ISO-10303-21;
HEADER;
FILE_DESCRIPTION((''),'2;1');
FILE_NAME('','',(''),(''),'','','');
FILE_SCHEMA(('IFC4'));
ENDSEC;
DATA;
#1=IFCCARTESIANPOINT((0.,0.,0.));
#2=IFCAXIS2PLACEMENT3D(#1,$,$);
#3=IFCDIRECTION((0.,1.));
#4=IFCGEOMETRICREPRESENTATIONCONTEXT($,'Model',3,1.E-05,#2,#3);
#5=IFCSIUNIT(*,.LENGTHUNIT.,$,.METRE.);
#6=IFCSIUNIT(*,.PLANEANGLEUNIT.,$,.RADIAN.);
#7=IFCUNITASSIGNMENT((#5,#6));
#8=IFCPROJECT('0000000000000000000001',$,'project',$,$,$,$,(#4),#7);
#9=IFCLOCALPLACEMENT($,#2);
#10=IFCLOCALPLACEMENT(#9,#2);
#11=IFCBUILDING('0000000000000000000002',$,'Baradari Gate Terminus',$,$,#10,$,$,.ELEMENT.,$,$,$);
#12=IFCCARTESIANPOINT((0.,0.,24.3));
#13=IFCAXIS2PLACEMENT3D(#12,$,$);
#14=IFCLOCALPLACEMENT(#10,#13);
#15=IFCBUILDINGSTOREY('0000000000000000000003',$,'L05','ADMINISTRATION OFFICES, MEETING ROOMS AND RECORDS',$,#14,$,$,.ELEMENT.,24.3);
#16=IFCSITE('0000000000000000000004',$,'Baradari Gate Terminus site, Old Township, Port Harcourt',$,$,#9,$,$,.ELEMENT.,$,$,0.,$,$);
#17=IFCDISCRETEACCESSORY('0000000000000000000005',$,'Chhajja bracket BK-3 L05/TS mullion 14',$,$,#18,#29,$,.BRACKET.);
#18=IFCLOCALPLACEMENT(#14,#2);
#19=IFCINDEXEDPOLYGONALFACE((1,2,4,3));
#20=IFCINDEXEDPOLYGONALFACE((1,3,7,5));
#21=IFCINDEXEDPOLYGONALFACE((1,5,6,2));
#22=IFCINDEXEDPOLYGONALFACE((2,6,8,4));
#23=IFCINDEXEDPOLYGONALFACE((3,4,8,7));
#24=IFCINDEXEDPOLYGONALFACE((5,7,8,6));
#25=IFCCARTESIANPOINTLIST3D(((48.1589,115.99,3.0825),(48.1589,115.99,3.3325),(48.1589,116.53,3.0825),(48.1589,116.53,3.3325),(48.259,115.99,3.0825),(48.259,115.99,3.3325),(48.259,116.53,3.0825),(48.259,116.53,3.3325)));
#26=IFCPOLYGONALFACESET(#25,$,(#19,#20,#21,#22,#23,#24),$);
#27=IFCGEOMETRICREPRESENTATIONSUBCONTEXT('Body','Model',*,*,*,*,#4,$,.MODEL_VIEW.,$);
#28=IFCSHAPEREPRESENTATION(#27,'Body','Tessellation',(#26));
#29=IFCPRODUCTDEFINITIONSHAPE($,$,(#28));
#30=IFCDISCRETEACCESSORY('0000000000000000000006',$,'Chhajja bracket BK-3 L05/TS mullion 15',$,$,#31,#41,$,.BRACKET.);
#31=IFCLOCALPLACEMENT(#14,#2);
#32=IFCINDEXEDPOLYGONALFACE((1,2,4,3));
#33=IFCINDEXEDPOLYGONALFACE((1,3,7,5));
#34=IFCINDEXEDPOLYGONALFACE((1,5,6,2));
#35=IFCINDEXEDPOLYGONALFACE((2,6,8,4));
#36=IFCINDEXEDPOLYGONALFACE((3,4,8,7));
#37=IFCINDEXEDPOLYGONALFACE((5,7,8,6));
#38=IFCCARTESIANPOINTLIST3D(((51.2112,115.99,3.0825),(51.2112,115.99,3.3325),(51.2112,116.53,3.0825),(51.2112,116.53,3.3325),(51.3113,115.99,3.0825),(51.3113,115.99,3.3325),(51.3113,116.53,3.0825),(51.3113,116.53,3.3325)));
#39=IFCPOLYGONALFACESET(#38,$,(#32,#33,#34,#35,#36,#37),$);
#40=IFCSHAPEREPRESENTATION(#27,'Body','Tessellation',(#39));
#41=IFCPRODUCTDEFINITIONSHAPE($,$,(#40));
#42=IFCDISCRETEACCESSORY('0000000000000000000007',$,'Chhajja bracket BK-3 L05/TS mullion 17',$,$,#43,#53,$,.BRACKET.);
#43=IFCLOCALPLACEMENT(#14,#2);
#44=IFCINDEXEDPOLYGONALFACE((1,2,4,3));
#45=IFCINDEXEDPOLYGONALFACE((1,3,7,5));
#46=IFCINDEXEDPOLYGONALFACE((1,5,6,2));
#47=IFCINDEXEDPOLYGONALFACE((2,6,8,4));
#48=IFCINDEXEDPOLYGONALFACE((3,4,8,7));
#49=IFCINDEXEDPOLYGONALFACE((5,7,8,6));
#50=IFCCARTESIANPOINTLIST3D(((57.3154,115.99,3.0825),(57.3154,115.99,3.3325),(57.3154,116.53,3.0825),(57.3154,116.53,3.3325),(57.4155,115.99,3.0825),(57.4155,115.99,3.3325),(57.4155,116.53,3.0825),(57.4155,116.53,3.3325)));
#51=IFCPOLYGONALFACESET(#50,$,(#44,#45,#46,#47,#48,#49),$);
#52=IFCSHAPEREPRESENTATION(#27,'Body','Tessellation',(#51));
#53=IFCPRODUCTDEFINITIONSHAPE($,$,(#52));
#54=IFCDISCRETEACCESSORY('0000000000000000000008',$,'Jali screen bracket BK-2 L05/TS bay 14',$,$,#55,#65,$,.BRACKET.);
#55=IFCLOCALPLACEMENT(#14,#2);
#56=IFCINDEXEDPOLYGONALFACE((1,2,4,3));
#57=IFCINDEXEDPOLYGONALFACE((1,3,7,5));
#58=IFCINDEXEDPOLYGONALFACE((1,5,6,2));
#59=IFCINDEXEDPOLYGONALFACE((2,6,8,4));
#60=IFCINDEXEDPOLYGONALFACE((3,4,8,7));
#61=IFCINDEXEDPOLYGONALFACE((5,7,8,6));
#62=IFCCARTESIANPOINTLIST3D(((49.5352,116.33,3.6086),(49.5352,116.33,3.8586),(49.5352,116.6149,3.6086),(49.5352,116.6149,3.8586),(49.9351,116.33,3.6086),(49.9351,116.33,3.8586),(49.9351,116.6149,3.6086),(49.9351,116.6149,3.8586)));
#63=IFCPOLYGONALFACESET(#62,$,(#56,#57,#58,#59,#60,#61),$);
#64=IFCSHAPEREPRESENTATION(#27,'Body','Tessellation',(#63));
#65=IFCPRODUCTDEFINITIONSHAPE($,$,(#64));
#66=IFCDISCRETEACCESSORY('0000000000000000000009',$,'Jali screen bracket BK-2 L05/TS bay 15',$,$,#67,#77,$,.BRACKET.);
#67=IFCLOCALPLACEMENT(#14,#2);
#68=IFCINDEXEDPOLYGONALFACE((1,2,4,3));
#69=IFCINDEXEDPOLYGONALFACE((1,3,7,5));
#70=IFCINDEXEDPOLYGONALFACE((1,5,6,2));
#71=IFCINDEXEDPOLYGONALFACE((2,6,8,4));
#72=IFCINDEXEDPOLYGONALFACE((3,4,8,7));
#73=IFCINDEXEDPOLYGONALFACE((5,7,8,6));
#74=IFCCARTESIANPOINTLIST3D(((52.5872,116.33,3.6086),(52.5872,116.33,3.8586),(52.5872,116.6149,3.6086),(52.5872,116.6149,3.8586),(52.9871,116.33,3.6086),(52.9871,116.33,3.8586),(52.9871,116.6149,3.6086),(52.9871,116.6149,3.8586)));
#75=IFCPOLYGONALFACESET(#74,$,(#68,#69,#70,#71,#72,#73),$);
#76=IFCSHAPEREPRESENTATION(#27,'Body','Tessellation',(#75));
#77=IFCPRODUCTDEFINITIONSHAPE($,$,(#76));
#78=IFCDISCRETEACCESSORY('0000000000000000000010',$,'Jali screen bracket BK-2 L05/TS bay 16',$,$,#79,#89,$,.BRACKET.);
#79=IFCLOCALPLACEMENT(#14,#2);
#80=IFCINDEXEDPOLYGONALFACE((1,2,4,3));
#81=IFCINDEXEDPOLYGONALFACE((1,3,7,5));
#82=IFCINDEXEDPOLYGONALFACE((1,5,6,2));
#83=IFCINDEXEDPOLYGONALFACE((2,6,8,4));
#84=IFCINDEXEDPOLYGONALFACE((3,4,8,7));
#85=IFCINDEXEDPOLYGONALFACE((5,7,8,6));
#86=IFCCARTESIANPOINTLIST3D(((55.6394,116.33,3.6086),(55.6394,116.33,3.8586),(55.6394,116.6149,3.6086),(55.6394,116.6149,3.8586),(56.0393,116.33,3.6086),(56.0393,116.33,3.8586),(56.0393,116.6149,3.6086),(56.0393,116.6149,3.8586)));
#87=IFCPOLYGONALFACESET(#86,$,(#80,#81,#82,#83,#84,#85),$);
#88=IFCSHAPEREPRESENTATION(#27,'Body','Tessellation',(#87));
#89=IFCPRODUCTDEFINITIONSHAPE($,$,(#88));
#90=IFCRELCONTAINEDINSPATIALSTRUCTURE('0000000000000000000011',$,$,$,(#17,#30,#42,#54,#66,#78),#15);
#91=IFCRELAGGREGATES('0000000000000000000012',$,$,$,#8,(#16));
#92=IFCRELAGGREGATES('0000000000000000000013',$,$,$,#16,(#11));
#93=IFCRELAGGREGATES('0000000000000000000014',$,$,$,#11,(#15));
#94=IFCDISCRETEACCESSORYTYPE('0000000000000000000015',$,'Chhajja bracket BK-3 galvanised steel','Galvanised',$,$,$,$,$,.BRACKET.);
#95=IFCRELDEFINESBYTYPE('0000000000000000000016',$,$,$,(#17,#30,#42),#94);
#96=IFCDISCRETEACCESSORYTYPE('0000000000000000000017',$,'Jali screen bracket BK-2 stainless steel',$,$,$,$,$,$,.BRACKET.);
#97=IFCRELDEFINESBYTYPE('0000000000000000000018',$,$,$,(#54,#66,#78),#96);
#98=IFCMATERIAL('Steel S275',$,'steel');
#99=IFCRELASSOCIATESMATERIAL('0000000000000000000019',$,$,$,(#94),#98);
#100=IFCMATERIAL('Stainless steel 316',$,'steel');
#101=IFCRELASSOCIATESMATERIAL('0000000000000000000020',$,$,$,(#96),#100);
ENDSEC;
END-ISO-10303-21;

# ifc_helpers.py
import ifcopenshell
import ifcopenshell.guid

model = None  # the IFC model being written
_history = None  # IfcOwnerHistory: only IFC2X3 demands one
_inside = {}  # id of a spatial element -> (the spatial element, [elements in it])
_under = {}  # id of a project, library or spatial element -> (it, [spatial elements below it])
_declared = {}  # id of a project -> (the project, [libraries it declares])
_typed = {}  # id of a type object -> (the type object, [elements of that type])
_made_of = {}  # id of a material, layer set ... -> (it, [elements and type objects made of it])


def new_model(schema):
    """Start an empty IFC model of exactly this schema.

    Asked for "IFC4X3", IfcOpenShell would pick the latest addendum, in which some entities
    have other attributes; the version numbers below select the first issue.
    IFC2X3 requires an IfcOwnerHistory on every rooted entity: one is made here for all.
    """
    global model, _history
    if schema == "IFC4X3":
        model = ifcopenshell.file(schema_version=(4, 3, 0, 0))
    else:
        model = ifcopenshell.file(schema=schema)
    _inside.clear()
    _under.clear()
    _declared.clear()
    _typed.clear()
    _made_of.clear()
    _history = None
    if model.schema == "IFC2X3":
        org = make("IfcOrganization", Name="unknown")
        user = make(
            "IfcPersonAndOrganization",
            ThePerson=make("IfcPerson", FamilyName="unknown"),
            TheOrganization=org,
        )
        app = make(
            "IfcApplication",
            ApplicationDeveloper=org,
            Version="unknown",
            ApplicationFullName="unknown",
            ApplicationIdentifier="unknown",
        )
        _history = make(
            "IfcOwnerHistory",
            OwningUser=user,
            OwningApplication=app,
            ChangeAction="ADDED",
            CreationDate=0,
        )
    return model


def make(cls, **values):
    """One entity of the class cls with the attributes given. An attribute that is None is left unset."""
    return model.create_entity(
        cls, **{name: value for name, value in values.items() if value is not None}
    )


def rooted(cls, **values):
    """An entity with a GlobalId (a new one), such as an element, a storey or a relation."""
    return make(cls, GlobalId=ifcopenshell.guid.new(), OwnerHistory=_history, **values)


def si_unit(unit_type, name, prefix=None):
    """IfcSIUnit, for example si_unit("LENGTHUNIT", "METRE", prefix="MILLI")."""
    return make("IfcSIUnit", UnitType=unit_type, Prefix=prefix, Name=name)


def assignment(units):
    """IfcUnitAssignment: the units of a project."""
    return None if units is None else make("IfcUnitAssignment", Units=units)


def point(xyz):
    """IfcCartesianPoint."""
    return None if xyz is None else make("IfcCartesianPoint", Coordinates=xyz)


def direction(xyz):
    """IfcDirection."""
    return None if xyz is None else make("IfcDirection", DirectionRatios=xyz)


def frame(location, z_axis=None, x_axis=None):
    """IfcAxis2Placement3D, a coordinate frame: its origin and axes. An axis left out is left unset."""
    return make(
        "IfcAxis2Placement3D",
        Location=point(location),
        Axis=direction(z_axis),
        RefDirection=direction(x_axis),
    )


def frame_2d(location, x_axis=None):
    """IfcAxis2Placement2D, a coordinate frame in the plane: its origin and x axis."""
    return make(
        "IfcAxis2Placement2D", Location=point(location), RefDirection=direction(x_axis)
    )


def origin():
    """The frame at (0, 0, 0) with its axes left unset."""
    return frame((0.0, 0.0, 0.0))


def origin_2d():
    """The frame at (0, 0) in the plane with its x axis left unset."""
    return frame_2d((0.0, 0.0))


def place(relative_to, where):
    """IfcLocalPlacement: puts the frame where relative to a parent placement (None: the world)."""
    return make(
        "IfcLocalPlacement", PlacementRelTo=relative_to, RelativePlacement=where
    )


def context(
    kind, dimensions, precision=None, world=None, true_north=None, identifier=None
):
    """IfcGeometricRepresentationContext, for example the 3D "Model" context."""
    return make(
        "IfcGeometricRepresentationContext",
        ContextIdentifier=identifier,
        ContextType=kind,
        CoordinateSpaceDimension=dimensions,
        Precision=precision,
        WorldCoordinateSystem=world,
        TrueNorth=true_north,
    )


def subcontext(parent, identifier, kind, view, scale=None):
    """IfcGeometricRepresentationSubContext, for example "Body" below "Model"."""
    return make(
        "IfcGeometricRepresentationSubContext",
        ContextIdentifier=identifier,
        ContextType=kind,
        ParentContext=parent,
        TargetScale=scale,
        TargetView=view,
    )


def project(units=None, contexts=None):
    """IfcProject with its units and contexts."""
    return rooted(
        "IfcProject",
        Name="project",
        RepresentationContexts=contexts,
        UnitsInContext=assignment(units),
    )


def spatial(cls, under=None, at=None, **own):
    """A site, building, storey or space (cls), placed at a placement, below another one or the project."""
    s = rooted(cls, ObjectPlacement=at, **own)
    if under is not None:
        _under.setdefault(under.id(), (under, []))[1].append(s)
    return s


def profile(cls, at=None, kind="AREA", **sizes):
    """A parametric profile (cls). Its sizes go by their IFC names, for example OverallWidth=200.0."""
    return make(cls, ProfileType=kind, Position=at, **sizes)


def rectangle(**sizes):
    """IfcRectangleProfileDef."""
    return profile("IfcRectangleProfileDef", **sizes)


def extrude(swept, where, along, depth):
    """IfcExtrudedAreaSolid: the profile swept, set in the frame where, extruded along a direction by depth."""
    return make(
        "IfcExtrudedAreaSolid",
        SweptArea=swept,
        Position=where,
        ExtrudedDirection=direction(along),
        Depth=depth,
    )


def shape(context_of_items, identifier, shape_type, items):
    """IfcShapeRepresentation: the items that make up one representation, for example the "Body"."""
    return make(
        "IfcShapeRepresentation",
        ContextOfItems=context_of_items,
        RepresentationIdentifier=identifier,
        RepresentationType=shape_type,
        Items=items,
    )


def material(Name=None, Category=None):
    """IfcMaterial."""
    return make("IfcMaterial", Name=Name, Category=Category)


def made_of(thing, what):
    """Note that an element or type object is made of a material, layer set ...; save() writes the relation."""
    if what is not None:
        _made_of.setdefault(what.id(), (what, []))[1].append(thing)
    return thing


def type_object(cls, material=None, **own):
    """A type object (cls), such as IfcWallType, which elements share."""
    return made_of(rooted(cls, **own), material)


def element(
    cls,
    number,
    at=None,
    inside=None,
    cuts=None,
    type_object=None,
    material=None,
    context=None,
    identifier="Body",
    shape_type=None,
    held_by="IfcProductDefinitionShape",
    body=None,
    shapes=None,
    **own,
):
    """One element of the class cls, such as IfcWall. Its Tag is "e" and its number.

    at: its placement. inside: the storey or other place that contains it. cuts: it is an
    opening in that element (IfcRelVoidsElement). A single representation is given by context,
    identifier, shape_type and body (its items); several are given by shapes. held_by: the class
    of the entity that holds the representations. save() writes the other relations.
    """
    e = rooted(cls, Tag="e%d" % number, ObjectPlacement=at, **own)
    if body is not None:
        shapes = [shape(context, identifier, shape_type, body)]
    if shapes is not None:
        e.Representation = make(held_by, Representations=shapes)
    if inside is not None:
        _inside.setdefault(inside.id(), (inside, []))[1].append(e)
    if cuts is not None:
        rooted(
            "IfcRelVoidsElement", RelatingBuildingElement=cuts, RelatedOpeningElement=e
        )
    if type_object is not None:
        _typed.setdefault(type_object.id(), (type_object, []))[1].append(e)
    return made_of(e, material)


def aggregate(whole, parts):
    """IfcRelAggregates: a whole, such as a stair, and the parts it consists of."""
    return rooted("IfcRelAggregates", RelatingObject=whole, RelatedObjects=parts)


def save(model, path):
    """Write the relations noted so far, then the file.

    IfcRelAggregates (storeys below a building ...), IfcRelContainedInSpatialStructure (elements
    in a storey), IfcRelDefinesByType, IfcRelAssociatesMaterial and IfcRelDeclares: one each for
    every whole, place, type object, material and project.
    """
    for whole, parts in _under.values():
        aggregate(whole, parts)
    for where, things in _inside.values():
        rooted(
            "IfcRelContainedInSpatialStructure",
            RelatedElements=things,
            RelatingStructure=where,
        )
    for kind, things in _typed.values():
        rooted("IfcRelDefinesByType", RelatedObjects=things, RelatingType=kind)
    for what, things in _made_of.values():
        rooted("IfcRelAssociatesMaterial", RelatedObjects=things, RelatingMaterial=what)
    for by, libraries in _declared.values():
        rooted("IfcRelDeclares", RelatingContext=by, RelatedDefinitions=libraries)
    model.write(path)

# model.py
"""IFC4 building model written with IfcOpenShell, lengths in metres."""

from ifc_helpers import new_model, si_unit, direction, frame, origin, origin_2d, place, context, subcontext, project, spatial, rectangle, extrude, material, type_object, element, save


model = new_model("IFC4")

# Units and contexts
model_context = context("Model", 3, precision=1e-05, world=origin(), true_north=direction((0.0, 1.0)))
body_context = subcontext(model_context, "Body", "Model", "MODEL_VIEW")
ifc_project = project(units=[si_unit("LENGTHUNIT", "METRE"), si_unit("PLANEANGLEUNIT", "RADIAN")], contexts=[model_context])

# Site, building, storey
site_placement = place(None, origin())
site = spatial("IfcSite", under=ifc_project, at=site_placement, Name="Baradari Gate Terminus site, Old Township, Port Harcourt", CompositionType="ELEMENT", RefElevation=0.0)
building_placement = place(site_placement, origin())
building = spatial("IfcBuilding", under=site, at=building_placement, Name="Baradari Gate Terminus", CompositionType="ELEMENT")
storey_placement = place(building_placement, frame((0.0, 0.0, 24.3)))
storey = spatial("IfcBuildingStorey", under=building, at=storey_placement, Name="L05", Description="ADMINISTRATION OFFICES, MEETING ROOMS AND RECORDS", CompositionType="ELEMENT", Elevation=24.3)

# Discrete accessories
ifc_material_1 = material(Name="Steel S275", Category="steel")
discrete_accessory_type_1 = type_object("IfcDiscreteAccessoryType", Name="Chhajja bracket BK-3 galvanised steel", Description="Galvanised", PredefinedType="BRACKET", material=ifc_material_1)
for number, where, z_axis, x_axis, name in (
    (1, (48.209, 116.26, 3.0825), (0.0, 0.0, 1.0), (0.0, -1.0, 0.0), "Chhajja bracket BK-3 L05/TS mullion 14"),
    (2, (51.2612, 116.26, 3.0825), (0.0, 0.0, 1.0), (0.0, -1.0, 0.0), "Chhajja bracket BK-3 L05/TS mullion 15"),
    (3, (57.3655, 116.26, 3.0825), (0.0, 0.0, 1.0), (0.0, -1.0, 0.0), "Chhajja bracket BK-3 L05/TS mullion 17"),
):
    element("IfcDiscreteAccessory", number, at=place(storey_placement, frame(where, z_axis=z_axis, x_axis=x_axis)), inside=storey, type_object=discrete_accessory_type_1, Name=name, PredefinedType="BRACKET", context=body_context, shape_type="SweptSolid", body=[
        extrude(rectangle(XDim=0.54, YDim=0.1001, at=origin_2d()), origin(), (0.0, 0.0, 1.0), 0.25),
    ])
ifc_material_2 = material(Name="Stainless steel 316", Category="steel")
discrete_accessory_type_2 = type_object("IfcDiscreteAccessoryType", Name="Jali screen bracket BK-2 stainless steel", PredefinedType="BRACKET", material=ifc_material_2)
for number, where, z_axis, x_axis, name in (
    (4, (49.7351, 116.4724, 3.6086), (0.0, 0.0, 1.0), (0.0, -1.0, 0.0), "Jali screen bracket BK-2 L05/TS bay 14"),
    (5, (52.7871, 116.4724, 3.6086), (0.0, 0.0, 1.0), (0.0, -1.0, 0.0), "Jali screen bracket BK-2 L05/TS bay 15"),
    (6, (55.8394, 116.4724, 3.6086), (0.0, 0.0, 1.0), (0.0, -1.0, 0.0), "Jali screen bracket BK-2 L05/TS bay 16"),
):
    element("IfcDiscreteAccessory", number, at=place(storey_placement, frame(where, z_axis=z_axis, x_axis=x_axis)), inside=storey, type_object=discrete_accessory_type_2, Name=name, PredefinedType="BRACKET", context=body_context, shape_type="SweptSolid", body=[
        extrude(rectangle(XDim=0.2849, YDim=0.3999, at=origin_2d()), origin(), (0.0, 0.0, 1.0), 0.25),
    ])

save(model, "model.ifc")
